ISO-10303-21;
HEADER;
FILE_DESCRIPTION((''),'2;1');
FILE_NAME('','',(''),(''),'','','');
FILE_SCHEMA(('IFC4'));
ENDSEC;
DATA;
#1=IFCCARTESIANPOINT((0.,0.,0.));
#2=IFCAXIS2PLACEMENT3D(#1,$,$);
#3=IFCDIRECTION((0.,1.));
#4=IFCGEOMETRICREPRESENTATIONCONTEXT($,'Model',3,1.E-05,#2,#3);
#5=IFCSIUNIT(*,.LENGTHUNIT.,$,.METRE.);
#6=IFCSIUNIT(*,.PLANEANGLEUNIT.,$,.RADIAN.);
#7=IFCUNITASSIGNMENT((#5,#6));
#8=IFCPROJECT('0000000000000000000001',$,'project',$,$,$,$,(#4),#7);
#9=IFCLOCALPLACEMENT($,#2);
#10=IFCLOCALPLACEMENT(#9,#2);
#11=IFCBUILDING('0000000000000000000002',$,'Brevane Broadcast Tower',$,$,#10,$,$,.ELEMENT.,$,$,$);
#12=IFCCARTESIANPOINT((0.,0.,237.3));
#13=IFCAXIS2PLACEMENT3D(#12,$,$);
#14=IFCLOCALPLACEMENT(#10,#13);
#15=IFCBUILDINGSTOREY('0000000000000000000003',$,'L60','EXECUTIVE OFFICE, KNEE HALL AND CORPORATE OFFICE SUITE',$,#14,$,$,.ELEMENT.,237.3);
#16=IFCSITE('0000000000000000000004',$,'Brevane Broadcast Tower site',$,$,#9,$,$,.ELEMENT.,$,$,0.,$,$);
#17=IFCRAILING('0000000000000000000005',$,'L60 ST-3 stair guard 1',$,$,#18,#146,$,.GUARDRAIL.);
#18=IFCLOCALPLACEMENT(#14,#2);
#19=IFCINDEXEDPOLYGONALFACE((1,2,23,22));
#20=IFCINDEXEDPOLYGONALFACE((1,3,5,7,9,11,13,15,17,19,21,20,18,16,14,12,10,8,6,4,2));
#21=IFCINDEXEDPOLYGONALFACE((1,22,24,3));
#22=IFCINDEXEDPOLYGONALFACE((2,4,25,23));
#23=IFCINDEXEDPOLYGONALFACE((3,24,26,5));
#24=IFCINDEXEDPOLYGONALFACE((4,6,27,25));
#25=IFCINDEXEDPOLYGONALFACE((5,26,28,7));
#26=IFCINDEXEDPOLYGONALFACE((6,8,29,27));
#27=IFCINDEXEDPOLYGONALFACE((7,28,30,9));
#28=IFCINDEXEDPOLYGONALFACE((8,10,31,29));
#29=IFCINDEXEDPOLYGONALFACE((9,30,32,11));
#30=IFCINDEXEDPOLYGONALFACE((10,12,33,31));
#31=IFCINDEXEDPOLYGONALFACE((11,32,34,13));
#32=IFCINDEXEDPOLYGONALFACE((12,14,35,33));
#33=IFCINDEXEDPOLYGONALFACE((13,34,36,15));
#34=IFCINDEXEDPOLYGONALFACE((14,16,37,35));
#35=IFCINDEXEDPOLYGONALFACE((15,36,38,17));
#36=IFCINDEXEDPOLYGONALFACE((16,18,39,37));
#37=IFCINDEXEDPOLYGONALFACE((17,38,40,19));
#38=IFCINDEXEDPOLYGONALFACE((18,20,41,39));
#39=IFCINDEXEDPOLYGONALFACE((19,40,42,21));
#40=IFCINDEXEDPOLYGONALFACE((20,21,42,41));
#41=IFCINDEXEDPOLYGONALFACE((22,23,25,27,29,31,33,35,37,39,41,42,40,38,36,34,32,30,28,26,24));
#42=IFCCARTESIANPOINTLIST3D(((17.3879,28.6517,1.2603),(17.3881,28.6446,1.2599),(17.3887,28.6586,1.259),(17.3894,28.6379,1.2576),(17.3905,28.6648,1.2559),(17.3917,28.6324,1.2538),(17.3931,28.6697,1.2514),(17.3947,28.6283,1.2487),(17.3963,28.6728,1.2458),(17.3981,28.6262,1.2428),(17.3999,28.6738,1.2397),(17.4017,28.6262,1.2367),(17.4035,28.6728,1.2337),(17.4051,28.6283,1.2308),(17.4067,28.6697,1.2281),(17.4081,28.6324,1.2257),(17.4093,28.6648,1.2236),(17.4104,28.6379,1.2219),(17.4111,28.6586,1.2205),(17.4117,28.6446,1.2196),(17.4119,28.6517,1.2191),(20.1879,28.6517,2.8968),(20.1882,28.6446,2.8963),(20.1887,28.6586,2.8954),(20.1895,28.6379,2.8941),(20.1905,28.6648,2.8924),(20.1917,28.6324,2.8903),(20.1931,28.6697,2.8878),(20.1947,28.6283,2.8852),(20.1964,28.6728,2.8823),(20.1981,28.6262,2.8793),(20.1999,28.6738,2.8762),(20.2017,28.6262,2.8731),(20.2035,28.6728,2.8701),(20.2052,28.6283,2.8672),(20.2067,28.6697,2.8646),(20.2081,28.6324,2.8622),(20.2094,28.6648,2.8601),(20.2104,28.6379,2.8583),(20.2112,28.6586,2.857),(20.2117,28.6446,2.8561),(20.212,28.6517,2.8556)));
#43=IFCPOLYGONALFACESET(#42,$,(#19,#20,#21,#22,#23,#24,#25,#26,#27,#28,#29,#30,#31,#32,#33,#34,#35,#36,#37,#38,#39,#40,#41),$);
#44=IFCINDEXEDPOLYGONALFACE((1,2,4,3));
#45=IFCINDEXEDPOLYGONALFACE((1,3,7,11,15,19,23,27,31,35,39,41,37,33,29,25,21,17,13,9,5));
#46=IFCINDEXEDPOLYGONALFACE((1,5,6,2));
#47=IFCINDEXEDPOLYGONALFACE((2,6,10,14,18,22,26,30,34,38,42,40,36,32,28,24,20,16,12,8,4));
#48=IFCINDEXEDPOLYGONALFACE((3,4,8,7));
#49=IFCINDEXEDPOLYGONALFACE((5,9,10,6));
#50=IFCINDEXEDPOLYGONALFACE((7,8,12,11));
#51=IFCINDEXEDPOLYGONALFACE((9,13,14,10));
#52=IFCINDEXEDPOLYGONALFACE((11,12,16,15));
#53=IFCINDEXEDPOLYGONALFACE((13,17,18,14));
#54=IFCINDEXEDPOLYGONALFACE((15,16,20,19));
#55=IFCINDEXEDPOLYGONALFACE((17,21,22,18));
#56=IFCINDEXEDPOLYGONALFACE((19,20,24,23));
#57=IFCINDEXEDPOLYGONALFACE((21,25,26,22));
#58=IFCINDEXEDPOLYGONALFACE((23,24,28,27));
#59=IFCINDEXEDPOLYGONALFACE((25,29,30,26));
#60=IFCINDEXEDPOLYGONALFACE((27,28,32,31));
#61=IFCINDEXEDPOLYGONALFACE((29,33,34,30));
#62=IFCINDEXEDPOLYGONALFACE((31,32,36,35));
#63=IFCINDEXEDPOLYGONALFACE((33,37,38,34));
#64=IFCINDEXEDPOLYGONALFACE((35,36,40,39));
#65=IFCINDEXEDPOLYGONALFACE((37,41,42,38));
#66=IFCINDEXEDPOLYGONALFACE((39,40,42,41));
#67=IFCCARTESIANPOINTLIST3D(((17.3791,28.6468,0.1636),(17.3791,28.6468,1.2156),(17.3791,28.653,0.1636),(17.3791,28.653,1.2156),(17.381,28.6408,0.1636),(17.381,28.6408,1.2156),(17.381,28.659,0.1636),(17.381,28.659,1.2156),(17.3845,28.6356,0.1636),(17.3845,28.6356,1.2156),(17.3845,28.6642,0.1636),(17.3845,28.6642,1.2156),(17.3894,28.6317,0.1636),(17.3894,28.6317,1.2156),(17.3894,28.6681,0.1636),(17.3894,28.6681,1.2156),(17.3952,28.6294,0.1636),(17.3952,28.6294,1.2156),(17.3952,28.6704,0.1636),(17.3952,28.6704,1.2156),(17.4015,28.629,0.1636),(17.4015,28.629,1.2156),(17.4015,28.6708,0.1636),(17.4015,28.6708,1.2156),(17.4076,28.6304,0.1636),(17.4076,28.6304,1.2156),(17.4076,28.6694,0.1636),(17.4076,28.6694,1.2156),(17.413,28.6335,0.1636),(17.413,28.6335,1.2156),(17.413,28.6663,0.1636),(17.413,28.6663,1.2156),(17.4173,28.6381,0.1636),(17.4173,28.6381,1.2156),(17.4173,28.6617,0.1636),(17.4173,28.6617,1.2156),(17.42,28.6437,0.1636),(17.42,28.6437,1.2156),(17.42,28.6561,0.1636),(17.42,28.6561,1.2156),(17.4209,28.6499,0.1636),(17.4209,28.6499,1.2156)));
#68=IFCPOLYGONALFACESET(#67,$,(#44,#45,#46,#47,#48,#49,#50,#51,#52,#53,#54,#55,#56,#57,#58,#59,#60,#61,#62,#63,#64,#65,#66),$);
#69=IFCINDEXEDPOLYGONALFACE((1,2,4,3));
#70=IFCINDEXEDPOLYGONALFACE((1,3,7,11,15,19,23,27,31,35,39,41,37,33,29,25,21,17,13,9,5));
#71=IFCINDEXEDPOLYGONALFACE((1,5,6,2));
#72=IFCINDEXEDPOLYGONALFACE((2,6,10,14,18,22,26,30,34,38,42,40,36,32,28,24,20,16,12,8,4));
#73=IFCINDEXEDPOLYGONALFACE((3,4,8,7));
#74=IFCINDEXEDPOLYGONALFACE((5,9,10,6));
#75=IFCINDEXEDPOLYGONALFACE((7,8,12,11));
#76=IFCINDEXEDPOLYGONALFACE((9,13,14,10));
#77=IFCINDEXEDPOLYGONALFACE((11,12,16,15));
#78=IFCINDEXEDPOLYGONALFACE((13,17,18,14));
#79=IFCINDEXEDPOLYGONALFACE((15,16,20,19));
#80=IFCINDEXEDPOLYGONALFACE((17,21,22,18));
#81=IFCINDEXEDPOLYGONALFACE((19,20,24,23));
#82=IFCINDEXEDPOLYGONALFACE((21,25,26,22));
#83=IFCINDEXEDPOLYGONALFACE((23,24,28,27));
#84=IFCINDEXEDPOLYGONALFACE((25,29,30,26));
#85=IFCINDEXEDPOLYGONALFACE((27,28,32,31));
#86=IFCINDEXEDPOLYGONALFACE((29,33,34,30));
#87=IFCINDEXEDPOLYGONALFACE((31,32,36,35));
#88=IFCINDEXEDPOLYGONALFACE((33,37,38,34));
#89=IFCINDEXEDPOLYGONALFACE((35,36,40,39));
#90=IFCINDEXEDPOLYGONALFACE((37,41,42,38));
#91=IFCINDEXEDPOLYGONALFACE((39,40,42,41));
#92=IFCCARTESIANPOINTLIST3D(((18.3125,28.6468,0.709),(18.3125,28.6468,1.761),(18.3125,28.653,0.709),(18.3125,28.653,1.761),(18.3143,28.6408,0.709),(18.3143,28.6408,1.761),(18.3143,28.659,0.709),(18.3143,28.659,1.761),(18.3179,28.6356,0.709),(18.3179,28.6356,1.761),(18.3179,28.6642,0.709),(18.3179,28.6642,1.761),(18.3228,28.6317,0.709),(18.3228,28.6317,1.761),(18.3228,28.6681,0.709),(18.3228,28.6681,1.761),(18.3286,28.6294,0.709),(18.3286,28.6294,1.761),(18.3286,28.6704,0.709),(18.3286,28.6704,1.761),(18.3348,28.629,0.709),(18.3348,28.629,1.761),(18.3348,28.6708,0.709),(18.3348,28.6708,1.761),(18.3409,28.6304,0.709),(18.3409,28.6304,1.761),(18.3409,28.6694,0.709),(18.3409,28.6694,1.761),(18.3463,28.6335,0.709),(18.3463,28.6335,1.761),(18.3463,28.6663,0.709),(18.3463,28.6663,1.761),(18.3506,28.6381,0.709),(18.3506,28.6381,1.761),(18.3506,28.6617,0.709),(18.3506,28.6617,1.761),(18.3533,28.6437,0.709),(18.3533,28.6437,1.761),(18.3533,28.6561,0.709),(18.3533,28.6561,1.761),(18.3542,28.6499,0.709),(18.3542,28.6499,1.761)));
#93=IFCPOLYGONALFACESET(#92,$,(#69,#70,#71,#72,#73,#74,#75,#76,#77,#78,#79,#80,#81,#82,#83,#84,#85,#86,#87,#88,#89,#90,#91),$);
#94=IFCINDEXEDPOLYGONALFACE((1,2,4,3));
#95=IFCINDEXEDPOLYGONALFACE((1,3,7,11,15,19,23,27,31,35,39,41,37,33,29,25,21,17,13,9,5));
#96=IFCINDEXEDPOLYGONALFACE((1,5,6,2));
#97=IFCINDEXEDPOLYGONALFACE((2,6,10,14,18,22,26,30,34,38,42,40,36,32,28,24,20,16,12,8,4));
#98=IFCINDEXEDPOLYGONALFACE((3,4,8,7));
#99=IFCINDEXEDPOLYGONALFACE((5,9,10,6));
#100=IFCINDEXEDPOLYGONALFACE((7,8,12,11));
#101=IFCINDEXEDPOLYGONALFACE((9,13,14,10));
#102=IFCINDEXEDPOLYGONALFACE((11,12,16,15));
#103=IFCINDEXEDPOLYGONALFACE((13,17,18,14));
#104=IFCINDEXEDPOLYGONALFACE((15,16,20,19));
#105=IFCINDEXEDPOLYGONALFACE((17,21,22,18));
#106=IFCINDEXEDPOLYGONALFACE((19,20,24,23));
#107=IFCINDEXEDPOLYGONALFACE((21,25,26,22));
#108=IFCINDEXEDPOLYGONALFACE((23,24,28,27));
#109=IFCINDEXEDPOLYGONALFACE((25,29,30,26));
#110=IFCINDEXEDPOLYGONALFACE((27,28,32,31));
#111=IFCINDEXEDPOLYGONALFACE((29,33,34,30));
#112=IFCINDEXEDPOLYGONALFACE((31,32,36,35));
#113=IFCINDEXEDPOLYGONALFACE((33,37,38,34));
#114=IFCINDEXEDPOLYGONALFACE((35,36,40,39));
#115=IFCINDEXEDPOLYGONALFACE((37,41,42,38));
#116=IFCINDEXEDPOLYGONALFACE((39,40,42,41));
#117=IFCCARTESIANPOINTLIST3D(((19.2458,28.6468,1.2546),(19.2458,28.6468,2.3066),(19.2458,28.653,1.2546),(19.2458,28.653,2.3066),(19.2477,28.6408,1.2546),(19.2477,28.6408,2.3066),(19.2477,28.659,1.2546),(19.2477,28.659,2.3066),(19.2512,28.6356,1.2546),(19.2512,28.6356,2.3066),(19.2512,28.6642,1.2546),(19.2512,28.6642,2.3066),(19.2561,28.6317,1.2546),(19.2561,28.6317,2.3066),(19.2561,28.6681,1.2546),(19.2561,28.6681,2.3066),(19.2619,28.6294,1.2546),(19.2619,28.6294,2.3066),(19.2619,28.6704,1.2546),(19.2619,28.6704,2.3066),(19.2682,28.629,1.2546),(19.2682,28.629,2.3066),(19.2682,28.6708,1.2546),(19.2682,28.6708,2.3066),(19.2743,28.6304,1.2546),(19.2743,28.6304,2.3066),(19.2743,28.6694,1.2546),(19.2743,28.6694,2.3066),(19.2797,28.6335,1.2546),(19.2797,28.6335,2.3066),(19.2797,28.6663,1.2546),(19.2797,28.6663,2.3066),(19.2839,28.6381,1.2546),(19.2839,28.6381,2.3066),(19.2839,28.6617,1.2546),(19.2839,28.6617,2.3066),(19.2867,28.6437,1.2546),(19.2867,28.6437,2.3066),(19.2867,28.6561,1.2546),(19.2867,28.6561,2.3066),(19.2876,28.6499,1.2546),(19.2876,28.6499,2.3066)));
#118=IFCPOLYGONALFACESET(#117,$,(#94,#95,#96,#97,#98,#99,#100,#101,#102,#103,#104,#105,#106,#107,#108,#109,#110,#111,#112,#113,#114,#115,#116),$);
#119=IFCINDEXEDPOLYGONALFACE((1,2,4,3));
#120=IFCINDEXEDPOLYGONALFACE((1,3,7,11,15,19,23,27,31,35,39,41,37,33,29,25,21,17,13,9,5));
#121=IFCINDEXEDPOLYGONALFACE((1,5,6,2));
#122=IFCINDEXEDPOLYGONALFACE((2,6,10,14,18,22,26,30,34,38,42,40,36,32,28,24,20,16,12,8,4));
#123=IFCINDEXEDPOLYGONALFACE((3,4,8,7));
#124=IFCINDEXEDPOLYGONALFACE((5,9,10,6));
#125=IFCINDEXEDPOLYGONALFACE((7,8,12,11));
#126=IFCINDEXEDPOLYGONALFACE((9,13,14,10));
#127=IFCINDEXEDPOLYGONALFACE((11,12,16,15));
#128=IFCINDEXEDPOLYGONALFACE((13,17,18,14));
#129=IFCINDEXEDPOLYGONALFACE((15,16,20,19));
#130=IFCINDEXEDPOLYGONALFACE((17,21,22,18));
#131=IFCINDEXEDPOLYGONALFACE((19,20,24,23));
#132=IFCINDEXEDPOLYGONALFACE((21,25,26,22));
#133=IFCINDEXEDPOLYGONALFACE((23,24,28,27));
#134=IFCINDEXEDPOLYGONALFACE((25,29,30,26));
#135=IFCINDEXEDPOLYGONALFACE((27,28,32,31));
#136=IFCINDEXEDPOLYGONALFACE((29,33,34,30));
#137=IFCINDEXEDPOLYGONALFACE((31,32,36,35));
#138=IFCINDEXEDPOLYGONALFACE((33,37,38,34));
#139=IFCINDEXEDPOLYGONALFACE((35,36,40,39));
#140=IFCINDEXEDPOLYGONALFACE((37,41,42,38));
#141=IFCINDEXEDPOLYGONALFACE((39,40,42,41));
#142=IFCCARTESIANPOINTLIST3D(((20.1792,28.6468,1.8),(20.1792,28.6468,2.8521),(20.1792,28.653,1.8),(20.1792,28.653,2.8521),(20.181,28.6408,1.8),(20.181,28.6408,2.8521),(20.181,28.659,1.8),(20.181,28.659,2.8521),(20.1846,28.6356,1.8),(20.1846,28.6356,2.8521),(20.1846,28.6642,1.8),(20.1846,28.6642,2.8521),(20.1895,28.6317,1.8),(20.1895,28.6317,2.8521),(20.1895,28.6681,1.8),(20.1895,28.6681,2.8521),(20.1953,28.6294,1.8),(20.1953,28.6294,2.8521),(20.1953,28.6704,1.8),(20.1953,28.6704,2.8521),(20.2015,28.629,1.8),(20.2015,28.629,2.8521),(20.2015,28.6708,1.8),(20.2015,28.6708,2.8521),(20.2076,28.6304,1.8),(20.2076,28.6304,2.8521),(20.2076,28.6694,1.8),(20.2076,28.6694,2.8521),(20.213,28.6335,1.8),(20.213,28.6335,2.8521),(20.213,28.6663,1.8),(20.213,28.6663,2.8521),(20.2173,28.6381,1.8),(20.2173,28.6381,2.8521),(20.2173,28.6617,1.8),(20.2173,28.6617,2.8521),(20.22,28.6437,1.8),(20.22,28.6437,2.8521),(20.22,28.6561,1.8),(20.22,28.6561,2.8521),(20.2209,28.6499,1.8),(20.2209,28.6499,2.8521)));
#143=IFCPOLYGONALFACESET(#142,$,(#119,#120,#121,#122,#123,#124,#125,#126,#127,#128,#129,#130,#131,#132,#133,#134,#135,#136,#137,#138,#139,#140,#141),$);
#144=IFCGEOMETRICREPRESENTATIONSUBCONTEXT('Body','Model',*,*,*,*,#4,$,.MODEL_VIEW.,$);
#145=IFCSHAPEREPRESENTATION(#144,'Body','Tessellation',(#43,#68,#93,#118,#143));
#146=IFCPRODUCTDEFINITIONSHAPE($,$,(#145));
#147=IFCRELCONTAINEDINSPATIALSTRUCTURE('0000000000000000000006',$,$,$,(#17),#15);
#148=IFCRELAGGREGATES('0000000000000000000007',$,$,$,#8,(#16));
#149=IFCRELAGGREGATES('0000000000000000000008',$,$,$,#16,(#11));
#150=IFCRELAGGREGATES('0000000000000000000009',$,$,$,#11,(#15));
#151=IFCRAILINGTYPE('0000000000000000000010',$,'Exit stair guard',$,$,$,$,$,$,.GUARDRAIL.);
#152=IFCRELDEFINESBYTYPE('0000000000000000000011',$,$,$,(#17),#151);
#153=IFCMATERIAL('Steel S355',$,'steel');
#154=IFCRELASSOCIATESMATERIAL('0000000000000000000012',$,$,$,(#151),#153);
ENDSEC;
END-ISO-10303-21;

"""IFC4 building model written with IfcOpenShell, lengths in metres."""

from ifc_helpers import new_model, si_unit, direction, frame, origin, origin_2d, place, context, subcontext, project, spatial, circle, extrude, material, type_object, element, save


model = new_model("IFC4")

# Units and contexts
model_context = context("Model", 3, precision=1e-05, world=origin(), true_north=direction((0.0, 1.0)))
body_context = subcontext(model_context, "Body", "Model", "MODEL_VIEW")
ifc_project = project(units=[si_unit("LENGTHUNIT", "METRE"), si_unit("PLANEANGLEUNIT", "RADIAN")], contexts=[model_context])

# Site, building, storey
site_placement = place(None, origin())
site = spatial("IfcSite", under=ifc_project, at=site_placement, Name="Brevane Broadcast Tower site", CompositionType="ELEMENT", RefElevation=0.0)
building_placement = place(site_placement, origin())
building = spatial("IfcBuilding", under=site, at=building_placement, Name="Brevane Broadcast Tower", CompositionType="ELEMENT")
storey_placement = place(building_placement, frame((0.0, 0.0, 237.3)))
storey = spatial("IfcBuildingStorey", under=building, at=storey_placement, Name="L60", Description="EXECUTIVE OFFICE, KNEE HALL AND CORPORATE OFFICE SUITE", CompositionType="ELEMENT", Elevation=237.3)

# Railing
ifc_material_1 = material(Name="Steel S355", Category="steel")
railing_type_1 = type_object("IfcRailingType", Name="Exit stair guard", PredefinedType="GUARDRAIL", material=ifc_material_1)
railing_1_placement = place(storey_placement, frame((17.3999, 28.6499, 0.1636)))
element("IfcRailing", 1, at=railing_1_placement, inside=storey, type_object=railing_type_1, Name="L60 ST-3 stair guard 1", PredefinedType="GUARDRAIL", context=body_context, shape_type="SweptSolid", body=[
    extrude(circle(Radius=0.0239, at=origin_2d()), frame((0.0, 0.0, 1.0762), z_axis=(0.863361, 0.0, 0.504587), x_axis=(0.0, 1.0, 0.0)), (0.0, 0.0, 1.0), 3.2432),
    extrude(circle(Radius=0.021, at=origin_2d()), origin(), (0.0, 0.0, 1.0), 1.052),
    extrude(circle(Radius=0.021, at=origin_2d()), frame((0.9333, 0.0, 0.5454)), (0.0, 0.0, 1.0), 1.052),
    extrude(circle(Radius=0.021, at=origin_2d()), frame((1.8667, 0.0, 1.0911)), (0.0, 0.0, 1.0), 1.052),
    extrude(circle(Radius=0.021, at=origin_2d()), frame((2.8, 0.0, 1.6365)), (0.0, 0.0, 1.0), 1.052),
])

save(model, "model.ifc")
